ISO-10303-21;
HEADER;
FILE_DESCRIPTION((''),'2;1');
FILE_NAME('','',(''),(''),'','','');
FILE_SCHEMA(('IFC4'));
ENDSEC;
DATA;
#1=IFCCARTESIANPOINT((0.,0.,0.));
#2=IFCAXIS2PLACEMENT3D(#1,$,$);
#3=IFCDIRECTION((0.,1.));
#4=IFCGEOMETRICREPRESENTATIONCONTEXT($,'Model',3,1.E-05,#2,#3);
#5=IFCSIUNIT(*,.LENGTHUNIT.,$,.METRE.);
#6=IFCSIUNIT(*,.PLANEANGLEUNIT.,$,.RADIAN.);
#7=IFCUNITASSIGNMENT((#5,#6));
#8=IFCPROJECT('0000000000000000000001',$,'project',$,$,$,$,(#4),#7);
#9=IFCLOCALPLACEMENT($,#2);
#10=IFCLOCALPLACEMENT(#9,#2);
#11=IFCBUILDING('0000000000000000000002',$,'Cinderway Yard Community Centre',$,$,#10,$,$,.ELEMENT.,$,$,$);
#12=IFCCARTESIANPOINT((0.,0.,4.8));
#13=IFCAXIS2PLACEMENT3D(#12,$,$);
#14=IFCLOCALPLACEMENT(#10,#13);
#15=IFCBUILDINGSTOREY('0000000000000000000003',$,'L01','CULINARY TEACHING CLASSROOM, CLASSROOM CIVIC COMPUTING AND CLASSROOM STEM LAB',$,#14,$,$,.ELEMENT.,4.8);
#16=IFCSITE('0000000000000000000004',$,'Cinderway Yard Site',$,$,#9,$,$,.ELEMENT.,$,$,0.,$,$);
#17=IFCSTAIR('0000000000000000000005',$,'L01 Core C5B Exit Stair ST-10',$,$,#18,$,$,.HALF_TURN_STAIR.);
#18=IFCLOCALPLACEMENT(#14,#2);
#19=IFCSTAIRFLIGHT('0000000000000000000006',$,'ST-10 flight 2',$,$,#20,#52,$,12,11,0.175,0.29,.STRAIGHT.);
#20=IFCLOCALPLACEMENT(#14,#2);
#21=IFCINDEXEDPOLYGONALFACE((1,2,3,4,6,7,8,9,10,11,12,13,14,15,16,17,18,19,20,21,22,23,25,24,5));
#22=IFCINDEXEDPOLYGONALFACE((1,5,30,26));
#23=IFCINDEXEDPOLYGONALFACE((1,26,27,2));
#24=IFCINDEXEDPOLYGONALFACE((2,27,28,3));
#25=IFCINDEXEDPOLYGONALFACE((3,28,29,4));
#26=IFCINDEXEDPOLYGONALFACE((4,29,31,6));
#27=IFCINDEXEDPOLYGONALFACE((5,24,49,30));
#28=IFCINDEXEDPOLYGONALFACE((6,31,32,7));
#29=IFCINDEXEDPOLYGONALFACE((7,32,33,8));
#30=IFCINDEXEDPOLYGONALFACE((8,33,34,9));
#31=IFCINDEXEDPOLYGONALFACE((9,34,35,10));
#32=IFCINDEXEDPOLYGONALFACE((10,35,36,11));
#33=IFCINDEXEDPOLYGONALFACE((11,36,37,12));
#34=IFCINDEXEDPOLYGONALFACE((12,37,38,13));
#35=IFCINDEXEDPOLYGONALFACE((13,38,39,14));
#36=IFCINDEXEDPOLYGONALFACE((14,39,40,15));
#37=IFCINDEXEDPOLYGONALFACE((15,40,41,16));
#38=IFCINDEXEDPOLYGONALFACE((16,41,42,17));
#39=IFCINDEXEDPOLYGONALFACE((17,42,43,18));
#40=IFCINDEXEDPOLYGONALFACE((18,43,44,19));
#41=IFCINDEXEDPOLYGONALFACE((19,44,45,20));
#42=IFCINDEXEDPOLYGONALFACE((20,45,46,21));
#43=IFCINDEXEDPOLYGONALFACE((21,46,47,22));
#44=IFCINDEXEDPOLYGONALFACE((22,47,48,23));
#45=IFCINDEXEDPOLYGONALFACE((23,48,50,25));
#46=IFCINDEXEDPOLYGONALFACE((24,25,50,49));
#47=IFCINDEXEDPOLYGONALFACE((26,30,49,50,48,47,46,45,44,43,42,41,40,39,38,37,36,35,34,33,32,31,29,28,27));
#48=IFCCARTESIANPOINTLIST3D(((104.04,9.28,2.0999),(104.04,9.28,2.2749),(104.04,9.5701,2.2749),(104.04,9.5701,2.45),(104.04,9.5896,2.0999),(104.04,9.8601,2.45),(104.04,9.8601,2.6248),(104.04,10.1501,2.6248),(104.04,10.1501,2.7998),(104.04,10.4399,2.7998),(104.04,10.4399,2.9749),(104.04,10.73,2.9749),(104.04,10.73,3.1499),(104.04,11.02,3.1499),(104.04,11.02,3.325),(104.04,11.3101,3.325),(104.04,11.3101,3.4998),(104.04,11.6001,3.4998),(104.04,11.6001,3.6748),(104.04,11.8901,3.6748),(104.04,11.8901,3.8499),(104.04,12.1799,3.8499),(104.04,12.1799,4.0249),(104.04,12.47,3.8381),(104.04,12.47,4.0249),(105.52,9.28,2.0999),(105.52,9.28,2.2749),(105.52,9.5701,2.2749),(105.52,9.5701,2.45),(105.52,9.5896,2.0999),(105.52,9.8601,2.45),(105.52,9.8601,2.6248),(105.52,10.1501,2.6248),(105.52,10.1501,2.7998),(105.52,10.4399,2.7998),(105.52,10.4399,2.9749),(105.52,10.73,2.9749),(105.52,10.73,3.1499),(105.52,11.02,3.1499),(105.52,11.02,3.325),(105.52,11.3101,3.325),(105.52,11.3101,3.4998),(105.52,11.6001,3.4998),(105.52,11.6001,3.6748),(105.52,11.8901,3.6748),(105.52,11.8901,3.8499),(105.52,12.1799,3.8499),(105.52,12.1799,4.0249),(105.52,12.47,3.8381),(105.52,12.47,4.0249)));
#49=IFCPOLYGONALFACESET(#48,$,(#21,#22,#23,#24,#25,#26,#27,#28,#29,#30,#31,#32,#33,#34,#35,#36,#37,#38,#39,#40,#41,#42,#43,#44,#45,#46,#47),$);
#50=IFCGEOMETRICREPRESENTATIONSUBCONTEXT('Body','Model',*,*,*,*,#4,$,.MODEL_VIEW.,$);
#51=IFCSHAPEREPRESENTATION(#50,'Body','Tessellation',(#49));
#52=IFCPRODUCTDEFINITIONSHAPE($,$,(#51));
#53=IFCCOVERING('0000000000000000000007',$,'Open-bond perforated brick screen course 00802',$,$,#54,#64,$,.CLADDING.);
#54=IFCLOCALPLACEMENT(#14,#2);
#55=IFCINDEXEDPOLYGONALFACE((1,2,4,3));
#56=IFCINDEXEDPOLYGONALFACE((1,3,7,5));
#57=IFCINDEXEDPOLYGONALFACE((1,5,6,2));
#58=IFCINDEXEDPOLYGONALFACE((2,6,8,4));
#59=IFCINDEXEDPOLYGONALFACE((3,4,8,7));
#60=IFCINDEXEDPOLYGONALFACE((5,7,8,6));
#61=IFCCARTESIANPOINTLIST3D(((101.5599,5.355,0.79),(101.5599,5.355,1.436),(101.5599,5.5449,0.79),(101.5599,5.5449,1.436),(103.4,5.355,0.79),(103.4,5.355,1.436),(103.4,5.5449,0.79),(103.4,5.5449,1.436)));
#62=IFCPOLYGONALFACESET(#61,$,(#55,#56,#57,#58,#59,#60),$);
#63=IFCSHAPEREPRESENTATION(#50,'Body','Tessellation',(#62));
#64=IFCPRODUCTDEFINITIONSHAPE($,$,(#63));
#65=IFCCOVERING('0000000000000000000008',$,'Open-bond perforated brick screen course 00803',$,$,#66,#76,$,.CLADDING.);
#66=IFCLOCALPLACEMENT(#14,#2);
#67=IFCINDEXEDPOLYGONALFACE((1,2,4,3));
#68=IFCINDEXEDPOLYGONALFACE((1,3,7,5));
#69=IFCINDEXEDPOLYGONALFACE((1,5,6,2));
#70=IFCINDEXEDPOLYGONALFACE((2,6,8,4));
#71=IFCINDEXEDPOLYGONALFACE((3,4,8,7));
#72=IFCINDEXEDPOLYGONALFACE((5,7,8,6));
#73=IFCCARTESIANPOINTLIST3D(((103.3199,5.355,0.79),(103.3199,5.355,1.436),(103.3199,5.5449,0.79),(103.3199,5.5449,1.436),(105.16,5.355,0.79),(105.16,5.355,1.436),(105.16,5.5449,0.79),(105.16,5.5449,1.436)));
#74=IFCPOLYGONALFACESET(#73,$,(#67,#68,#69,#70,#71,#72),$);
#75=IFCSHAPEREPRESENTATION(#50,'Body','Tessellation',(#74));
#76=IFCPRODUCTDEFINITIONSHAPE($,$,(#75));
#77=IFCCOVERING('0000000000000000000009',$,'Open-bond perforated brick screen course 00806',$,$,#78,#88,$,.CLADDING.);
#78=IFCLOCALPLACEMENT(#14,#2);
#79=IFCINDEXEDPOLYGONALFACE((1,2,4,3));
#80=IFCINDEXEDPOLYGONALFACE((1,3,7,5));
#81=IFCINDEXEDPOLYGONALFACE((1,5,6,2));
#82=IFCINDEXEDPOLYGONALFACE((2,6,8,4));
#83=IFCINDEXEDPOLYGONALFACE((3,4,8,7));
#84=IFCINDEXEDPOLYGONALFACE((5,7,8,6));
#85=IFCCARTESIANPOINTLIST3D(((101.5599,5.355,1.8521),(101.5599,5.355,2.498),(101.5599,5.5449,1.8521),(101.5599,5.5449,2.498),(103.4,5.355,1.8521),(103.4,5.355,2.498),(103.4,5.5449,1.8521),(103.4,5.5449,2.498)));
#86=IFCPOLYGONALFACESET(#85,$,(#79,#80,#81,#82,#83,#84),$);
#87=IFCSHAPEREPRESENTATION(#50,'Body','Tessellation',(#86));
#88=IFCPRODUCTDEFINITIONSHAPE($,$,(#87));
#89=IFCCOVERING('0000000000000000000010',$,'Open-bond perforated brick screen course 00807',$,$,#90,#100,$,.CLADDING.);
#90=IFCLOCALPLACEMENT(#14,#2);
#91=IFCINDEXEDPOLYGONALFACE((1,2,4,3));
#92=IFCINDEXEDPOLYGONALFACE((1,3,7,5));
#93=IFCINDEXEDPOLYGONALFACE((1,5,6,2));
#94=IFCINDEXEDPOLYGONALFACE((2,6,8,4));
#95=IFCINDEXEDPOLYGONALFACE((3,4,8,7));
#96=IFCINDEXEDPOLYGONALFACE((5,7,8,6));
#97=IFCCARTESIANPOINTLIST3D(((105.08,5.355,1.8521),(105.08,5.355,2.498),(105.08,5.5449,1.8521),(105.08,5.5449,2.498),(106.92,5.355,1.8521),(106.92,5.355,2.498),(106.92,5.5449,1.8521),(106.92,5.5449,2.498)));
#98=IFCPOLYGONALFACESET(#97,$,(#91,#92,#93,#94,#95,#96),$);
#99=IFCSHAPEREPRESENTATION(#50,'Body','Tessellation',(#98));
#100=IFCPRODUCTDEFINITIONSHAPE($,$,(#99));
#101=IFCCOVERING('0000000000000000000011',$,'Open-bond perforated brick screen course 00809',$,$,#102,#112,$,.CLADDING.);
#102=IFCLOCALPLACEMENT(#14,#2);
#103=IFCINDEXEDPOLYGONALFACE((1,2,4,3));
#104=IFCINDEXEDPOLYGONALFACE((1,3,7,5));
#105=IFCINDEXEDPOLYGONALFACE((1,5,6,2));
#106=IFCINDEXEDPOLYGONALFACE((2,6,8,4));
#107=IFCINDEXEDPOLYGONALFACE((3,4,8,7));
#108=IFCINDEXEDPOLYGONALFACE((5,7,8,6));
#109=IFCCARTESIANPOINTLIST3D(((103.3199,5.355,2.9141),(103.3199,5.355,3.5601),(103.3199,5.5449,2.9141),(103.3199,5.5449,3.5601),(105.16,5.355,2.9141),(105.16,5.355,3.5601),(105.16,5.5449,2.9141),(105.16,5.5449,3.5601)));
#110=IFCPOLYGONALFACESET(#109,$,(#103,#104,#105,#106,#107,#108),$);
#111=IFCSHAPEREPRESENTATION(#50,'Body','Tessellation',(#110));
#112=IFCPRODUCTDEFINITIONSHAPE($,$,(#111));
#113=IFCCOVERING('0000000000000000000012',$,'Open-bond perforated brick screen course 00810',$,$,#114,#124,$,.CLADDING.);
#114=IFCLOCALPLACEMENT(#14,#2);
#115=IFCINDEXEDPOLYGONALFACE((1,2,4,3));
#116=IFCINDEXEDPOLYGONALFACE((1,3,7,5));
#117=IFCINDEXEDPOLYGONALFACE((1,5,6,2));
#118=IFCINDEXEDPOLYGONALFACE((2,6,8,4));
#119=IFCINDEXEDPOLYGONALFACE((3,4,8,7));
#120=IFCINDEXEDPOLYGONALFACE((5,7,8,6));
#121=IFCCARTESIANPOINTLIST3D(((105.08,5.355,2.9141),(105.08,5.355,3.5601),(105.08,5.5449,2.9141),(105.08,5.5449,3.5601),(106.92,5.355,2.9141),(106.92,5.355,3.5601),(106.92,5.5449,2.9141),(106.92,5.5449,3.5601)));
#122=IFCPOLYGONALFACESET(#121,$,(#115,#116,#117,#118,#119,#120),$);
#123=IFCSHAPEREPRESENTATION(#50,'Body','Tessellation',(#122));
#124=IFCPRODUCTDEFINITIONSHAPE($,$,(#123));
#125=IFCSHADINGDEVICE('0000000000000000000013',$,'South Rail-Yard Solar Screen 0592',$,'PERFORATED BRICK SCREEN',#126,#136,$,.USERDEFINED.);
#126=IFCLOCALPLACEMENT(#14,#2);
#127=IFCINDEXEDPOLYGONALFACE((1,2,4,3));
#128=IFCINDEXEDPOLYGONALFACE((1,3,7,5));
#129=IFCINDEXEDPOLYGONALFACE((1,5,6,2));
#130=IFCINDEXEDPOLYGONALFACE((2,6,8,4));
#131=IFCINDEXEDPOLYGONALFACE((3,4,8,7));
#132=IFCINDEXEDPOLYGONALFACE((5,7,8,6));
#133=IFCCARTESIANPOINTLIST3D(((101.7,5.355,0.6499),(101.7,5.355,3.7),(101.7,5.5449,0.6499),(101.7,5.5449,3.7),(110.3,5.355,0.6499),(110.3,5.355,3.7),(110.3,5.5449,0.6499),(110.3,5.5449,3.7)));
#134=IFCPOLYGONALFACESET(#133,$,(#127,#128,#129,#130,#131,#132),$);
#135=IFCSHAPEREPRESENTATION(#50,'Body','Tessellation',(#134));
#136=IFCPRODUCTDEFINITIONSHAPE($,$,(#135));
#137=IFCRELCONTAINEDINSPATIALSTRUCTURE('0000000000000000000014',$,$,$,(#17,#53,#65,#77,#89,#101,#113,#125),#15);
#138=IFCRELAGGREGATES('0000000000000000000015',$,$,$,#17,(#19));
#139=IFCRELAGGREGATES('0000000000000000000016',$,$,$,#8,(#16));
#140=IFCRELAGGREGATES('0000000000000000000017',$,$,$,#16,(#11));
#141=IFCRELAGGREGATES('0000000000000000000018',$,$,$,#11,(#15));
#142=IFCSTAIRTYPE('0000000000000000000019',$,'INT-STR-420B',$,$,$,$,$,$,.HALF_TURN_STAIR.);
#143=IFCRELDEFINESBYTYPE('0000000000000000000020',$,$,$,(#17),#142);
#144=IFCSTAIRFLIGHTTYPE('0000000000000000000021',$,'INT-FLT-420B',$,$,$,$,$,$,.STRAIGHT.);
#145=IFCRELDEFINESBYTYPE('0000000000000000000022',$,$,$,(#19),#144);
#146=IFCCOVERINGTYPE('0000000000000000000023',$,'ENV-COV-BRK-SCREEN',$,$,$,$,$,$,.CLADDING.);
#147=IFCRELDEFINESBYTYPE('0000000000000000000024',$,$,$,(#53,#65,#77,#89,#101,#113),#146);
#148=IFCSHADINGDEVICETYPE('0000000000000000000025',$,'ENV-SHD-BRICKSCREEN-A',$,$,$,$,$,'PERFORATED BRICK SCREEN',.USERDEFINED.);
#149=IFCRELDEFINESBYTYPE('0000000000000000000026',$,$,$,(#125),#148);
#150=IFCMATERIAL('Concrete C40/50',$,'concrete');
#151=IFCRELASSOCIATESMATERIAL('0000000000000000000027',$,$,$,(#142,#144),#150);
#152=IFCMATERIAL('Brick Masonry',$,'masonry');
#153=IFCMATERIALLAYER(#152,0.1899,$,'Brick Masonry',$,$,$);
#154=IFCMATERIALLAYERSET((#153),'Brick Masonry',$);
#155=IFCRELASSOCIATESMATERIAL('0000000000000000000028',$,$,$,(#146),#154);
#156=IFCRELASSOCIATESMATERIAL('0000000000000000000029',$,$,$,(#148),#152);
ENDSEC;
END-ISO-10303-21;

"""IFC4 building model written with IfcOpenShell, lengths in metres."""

from ifc_helpers import new_model, si_unit, direction, frame, origin, origin_2d, place, context, subcontext, project, spatial, polyline, rectangle, outline, extrude, material, layer, layer_set, type_object, element, aggregate, save


model = new_model("IFC4")

# Units and contexts
model_context = context("Model", 3, precision=1e-05, world=origin(), true_north=direction((0.0, 1.0)))
body_context = subcontext(model_context, "Body", "Model", "MODEL_VIEW")
ifc_project = project(units=[si_unit("LENGTHUNIT", "METRE"), si_unit("PLANEANGLEUNIT", "RADIAN")], contexts=[model_context])

# Site, building, storey
site_placement = place(None, origin())
site = spatial("IfcSite", under=ifc_project, at=site_placement, Name="Cinderway Yard Site", CompositionType="ELEMENT", RefElevation=0.0)
building_placement = place(site_placement, origin())
building = spatial("IfcBuilding", under=site, at=building_placement, Name="Cinderway Yard Community Centre", CompositionType="ELEMENT")
storey_placement = place(building_placement, frame((0.0, 0.0, 4.8)))
storey = spatial("IfcBuildingStorey", under=building, at=storey_placement, Name="L01", Description="CULINARY TEACHING CLASSROOM, CLASSROOM CIVIC COMPUTING AND CLASSROOM STEM LAB", CompositionType="ELEMENT", Elevation=4.8)

# Shared definitions
ifc_material_1 = material(Name="Concrete C40/50", Category="concrete")

# Shared definitions
ifc_material_2 = material(Name="Brick Masonry", Category="masonry")

# Stair, stair flight
stair_type = type_object("IfcStairType", Name="INT-STR-420B", PredefinedType="HALF_TURN_STAIR", material=ifc_material_1)
stair_placement = place(storey_placement, origin())
stair = element("IfcStair", 1, at=stair_placement, inside=storey, type_object=stair_type, Name="L01 Core C5B Exit Stair ST-10", PredefinedType="HALF_TURN_STAIR")
stair_flight_type = type_object("IfcStairFlightType", Name="INT-FLT-420B", PredefinedType="STRAIGHT", material=ifc_material_1)
stair_flight_1_placement = place(storey_placement, frame((104.78, 9.28, 2.0999), z_axis=(0.0, 0.0, 1.0), x_axis=(0.0, 1.0, 0.0)))
stair_flight_1 = element("IfcStairFlight", 2, at=stair_flight_1_placement, type_object=stair_flight_type, Name="ST-10 flight 2", NumberOfRisers=12, NumberOfTreads=11, PredefinedType="STRAIGHT", RiserHeight=0.175, TreadLength=0.29, context=body_context, shape_type="SweptSolid", body=[
    extrude(outline(polyline([(0.0, 0.0), (0.0, 0.175), (0.29, 0.175), (0.29, 0.3501), (0.5801, 0.3501), (0.5801, 0.5249), (0.8701, 0.5249), (0.8701, 0.7), (1.1599, 0.7), (1.1599, 0.875), (1.45, 0.875), (1.45, 1.05), (1.74, 1.05), (1.74, 1.2251), (2.03, 1.2251), (2.03, 1.3999), (2.3201, 1.3999), (2.3201, 1.575), (2.6101, 1.575), (2.6101, 1.75), (2.8999, 1.75), (2.8999, 1.925), (3.1899, 1.925), (3.1899, 2.1001), (3.1899, 1.7383), (0.3096, 0.0), (0.0, 0.0)])), frame((0.0, 0.74, 0.0), z_axis=(0.0, -1.0, 0.0), x_axis=(1.0, 0.0, 0.0)), (0.0, 0.0, 1.0), 1.48),
])
aggregate(stair, [stair_flight_1])

# Coverings
ifc_layer_1 = layer(ifc_material_2, 0.1899, Name="Brick Masonry")
ifc_layer_set_1 = layer_set([ifc_layer_1], Name="Brick Masonry")
covering_type = type_object("IfcCoveringType", Name="ENV-COV-BRK-SCREEN", PredefinedType="CLADDING", material=ifc_layer_set_1)
for number, where, z_axis, x_axis, name in (
    (3, (102.48, 5.45, 0.79), (0.0, 0.0, 1.0), (-1.0, 0.0, 0.0), "Open-bond perforated brick screen course 00802"),
    (4, (104.24, 5.45, 0.79), (0.0, 0.0, 1.0), (-1.0, 0.0, 0.0), "Open-bond perforated brick screen course 00803"),
    (5, (102.48, 5.45, 1.8521), (0.0, 0.0, 1.0), (-1.0, 0.0, 0.0), "Open-bond perforated brick screen course 00806"),
    (6, (106.0, 5.45, 1.8521), (0.0, 0.0, 1.0), (-1.0, 0.0, 0.0), "Open-bond perforated brick screen course 00807"),
    (7, (104.24, 5.45, 2.9141), (0.0, 0.0, 1.0), (-1.0, 0.0, 0.0), "Open-bond perforated brick screen course 00809"),
    (8, (106.0, 5.45, 2.9141), (0.0, 0.0, 1.0), (-1.0, 0.0, 0.0), "Open-bond perforated brick screen course 00810"),
):
    element("IfcCovering", number, at=place(storey_placement, frame(where, z_axis=z_axis, x_axis=x_axis)), inside=storey, type_object=covering_type, Name=name, PredefinedType="CLADDING", context=body_context, shape_type="SweptSolid", body=[
        extrude(rectangle(XDim=1.8401, YDim=0.1899, at=origin_2d()), origin(), (0.0, 0.0, 1.0), 0.646),
    ])

# Shading device
shading_device_type = type_object("IfcShadingDeviceType", Name="ENV-SHD-BRICKSCREEN-A", ElementType="PERFORATED BRICK SCREEN", PredefinedType="USERDEFINED", material=ifc_material_2)
shading_device_placement = place(storey_placement, frame((106.0, 5.45, 0.6499), z_axis=(0.0, 0.0, 1.0), x_axis=(-1.0, 0.0, 0.0)))
element("IfcShadingDevice", 9, at=shading_device_placement, inside=storey, type_object=shading_device_type, Name="South Rail-Yard Solar Screen 0592", ObjectType="PERFORATED BRICK SCREEN", PredefinedType="USERDEFINED", context=body_context, shape_type="SweptSolid", body=[
    extrude(rectangle(XDim=8.6001, YDim=0.1899, at=origin_2d()), origin(), (0.0, 0.0, 1.0), 3.05),
])

save(model, "model.ifc")
